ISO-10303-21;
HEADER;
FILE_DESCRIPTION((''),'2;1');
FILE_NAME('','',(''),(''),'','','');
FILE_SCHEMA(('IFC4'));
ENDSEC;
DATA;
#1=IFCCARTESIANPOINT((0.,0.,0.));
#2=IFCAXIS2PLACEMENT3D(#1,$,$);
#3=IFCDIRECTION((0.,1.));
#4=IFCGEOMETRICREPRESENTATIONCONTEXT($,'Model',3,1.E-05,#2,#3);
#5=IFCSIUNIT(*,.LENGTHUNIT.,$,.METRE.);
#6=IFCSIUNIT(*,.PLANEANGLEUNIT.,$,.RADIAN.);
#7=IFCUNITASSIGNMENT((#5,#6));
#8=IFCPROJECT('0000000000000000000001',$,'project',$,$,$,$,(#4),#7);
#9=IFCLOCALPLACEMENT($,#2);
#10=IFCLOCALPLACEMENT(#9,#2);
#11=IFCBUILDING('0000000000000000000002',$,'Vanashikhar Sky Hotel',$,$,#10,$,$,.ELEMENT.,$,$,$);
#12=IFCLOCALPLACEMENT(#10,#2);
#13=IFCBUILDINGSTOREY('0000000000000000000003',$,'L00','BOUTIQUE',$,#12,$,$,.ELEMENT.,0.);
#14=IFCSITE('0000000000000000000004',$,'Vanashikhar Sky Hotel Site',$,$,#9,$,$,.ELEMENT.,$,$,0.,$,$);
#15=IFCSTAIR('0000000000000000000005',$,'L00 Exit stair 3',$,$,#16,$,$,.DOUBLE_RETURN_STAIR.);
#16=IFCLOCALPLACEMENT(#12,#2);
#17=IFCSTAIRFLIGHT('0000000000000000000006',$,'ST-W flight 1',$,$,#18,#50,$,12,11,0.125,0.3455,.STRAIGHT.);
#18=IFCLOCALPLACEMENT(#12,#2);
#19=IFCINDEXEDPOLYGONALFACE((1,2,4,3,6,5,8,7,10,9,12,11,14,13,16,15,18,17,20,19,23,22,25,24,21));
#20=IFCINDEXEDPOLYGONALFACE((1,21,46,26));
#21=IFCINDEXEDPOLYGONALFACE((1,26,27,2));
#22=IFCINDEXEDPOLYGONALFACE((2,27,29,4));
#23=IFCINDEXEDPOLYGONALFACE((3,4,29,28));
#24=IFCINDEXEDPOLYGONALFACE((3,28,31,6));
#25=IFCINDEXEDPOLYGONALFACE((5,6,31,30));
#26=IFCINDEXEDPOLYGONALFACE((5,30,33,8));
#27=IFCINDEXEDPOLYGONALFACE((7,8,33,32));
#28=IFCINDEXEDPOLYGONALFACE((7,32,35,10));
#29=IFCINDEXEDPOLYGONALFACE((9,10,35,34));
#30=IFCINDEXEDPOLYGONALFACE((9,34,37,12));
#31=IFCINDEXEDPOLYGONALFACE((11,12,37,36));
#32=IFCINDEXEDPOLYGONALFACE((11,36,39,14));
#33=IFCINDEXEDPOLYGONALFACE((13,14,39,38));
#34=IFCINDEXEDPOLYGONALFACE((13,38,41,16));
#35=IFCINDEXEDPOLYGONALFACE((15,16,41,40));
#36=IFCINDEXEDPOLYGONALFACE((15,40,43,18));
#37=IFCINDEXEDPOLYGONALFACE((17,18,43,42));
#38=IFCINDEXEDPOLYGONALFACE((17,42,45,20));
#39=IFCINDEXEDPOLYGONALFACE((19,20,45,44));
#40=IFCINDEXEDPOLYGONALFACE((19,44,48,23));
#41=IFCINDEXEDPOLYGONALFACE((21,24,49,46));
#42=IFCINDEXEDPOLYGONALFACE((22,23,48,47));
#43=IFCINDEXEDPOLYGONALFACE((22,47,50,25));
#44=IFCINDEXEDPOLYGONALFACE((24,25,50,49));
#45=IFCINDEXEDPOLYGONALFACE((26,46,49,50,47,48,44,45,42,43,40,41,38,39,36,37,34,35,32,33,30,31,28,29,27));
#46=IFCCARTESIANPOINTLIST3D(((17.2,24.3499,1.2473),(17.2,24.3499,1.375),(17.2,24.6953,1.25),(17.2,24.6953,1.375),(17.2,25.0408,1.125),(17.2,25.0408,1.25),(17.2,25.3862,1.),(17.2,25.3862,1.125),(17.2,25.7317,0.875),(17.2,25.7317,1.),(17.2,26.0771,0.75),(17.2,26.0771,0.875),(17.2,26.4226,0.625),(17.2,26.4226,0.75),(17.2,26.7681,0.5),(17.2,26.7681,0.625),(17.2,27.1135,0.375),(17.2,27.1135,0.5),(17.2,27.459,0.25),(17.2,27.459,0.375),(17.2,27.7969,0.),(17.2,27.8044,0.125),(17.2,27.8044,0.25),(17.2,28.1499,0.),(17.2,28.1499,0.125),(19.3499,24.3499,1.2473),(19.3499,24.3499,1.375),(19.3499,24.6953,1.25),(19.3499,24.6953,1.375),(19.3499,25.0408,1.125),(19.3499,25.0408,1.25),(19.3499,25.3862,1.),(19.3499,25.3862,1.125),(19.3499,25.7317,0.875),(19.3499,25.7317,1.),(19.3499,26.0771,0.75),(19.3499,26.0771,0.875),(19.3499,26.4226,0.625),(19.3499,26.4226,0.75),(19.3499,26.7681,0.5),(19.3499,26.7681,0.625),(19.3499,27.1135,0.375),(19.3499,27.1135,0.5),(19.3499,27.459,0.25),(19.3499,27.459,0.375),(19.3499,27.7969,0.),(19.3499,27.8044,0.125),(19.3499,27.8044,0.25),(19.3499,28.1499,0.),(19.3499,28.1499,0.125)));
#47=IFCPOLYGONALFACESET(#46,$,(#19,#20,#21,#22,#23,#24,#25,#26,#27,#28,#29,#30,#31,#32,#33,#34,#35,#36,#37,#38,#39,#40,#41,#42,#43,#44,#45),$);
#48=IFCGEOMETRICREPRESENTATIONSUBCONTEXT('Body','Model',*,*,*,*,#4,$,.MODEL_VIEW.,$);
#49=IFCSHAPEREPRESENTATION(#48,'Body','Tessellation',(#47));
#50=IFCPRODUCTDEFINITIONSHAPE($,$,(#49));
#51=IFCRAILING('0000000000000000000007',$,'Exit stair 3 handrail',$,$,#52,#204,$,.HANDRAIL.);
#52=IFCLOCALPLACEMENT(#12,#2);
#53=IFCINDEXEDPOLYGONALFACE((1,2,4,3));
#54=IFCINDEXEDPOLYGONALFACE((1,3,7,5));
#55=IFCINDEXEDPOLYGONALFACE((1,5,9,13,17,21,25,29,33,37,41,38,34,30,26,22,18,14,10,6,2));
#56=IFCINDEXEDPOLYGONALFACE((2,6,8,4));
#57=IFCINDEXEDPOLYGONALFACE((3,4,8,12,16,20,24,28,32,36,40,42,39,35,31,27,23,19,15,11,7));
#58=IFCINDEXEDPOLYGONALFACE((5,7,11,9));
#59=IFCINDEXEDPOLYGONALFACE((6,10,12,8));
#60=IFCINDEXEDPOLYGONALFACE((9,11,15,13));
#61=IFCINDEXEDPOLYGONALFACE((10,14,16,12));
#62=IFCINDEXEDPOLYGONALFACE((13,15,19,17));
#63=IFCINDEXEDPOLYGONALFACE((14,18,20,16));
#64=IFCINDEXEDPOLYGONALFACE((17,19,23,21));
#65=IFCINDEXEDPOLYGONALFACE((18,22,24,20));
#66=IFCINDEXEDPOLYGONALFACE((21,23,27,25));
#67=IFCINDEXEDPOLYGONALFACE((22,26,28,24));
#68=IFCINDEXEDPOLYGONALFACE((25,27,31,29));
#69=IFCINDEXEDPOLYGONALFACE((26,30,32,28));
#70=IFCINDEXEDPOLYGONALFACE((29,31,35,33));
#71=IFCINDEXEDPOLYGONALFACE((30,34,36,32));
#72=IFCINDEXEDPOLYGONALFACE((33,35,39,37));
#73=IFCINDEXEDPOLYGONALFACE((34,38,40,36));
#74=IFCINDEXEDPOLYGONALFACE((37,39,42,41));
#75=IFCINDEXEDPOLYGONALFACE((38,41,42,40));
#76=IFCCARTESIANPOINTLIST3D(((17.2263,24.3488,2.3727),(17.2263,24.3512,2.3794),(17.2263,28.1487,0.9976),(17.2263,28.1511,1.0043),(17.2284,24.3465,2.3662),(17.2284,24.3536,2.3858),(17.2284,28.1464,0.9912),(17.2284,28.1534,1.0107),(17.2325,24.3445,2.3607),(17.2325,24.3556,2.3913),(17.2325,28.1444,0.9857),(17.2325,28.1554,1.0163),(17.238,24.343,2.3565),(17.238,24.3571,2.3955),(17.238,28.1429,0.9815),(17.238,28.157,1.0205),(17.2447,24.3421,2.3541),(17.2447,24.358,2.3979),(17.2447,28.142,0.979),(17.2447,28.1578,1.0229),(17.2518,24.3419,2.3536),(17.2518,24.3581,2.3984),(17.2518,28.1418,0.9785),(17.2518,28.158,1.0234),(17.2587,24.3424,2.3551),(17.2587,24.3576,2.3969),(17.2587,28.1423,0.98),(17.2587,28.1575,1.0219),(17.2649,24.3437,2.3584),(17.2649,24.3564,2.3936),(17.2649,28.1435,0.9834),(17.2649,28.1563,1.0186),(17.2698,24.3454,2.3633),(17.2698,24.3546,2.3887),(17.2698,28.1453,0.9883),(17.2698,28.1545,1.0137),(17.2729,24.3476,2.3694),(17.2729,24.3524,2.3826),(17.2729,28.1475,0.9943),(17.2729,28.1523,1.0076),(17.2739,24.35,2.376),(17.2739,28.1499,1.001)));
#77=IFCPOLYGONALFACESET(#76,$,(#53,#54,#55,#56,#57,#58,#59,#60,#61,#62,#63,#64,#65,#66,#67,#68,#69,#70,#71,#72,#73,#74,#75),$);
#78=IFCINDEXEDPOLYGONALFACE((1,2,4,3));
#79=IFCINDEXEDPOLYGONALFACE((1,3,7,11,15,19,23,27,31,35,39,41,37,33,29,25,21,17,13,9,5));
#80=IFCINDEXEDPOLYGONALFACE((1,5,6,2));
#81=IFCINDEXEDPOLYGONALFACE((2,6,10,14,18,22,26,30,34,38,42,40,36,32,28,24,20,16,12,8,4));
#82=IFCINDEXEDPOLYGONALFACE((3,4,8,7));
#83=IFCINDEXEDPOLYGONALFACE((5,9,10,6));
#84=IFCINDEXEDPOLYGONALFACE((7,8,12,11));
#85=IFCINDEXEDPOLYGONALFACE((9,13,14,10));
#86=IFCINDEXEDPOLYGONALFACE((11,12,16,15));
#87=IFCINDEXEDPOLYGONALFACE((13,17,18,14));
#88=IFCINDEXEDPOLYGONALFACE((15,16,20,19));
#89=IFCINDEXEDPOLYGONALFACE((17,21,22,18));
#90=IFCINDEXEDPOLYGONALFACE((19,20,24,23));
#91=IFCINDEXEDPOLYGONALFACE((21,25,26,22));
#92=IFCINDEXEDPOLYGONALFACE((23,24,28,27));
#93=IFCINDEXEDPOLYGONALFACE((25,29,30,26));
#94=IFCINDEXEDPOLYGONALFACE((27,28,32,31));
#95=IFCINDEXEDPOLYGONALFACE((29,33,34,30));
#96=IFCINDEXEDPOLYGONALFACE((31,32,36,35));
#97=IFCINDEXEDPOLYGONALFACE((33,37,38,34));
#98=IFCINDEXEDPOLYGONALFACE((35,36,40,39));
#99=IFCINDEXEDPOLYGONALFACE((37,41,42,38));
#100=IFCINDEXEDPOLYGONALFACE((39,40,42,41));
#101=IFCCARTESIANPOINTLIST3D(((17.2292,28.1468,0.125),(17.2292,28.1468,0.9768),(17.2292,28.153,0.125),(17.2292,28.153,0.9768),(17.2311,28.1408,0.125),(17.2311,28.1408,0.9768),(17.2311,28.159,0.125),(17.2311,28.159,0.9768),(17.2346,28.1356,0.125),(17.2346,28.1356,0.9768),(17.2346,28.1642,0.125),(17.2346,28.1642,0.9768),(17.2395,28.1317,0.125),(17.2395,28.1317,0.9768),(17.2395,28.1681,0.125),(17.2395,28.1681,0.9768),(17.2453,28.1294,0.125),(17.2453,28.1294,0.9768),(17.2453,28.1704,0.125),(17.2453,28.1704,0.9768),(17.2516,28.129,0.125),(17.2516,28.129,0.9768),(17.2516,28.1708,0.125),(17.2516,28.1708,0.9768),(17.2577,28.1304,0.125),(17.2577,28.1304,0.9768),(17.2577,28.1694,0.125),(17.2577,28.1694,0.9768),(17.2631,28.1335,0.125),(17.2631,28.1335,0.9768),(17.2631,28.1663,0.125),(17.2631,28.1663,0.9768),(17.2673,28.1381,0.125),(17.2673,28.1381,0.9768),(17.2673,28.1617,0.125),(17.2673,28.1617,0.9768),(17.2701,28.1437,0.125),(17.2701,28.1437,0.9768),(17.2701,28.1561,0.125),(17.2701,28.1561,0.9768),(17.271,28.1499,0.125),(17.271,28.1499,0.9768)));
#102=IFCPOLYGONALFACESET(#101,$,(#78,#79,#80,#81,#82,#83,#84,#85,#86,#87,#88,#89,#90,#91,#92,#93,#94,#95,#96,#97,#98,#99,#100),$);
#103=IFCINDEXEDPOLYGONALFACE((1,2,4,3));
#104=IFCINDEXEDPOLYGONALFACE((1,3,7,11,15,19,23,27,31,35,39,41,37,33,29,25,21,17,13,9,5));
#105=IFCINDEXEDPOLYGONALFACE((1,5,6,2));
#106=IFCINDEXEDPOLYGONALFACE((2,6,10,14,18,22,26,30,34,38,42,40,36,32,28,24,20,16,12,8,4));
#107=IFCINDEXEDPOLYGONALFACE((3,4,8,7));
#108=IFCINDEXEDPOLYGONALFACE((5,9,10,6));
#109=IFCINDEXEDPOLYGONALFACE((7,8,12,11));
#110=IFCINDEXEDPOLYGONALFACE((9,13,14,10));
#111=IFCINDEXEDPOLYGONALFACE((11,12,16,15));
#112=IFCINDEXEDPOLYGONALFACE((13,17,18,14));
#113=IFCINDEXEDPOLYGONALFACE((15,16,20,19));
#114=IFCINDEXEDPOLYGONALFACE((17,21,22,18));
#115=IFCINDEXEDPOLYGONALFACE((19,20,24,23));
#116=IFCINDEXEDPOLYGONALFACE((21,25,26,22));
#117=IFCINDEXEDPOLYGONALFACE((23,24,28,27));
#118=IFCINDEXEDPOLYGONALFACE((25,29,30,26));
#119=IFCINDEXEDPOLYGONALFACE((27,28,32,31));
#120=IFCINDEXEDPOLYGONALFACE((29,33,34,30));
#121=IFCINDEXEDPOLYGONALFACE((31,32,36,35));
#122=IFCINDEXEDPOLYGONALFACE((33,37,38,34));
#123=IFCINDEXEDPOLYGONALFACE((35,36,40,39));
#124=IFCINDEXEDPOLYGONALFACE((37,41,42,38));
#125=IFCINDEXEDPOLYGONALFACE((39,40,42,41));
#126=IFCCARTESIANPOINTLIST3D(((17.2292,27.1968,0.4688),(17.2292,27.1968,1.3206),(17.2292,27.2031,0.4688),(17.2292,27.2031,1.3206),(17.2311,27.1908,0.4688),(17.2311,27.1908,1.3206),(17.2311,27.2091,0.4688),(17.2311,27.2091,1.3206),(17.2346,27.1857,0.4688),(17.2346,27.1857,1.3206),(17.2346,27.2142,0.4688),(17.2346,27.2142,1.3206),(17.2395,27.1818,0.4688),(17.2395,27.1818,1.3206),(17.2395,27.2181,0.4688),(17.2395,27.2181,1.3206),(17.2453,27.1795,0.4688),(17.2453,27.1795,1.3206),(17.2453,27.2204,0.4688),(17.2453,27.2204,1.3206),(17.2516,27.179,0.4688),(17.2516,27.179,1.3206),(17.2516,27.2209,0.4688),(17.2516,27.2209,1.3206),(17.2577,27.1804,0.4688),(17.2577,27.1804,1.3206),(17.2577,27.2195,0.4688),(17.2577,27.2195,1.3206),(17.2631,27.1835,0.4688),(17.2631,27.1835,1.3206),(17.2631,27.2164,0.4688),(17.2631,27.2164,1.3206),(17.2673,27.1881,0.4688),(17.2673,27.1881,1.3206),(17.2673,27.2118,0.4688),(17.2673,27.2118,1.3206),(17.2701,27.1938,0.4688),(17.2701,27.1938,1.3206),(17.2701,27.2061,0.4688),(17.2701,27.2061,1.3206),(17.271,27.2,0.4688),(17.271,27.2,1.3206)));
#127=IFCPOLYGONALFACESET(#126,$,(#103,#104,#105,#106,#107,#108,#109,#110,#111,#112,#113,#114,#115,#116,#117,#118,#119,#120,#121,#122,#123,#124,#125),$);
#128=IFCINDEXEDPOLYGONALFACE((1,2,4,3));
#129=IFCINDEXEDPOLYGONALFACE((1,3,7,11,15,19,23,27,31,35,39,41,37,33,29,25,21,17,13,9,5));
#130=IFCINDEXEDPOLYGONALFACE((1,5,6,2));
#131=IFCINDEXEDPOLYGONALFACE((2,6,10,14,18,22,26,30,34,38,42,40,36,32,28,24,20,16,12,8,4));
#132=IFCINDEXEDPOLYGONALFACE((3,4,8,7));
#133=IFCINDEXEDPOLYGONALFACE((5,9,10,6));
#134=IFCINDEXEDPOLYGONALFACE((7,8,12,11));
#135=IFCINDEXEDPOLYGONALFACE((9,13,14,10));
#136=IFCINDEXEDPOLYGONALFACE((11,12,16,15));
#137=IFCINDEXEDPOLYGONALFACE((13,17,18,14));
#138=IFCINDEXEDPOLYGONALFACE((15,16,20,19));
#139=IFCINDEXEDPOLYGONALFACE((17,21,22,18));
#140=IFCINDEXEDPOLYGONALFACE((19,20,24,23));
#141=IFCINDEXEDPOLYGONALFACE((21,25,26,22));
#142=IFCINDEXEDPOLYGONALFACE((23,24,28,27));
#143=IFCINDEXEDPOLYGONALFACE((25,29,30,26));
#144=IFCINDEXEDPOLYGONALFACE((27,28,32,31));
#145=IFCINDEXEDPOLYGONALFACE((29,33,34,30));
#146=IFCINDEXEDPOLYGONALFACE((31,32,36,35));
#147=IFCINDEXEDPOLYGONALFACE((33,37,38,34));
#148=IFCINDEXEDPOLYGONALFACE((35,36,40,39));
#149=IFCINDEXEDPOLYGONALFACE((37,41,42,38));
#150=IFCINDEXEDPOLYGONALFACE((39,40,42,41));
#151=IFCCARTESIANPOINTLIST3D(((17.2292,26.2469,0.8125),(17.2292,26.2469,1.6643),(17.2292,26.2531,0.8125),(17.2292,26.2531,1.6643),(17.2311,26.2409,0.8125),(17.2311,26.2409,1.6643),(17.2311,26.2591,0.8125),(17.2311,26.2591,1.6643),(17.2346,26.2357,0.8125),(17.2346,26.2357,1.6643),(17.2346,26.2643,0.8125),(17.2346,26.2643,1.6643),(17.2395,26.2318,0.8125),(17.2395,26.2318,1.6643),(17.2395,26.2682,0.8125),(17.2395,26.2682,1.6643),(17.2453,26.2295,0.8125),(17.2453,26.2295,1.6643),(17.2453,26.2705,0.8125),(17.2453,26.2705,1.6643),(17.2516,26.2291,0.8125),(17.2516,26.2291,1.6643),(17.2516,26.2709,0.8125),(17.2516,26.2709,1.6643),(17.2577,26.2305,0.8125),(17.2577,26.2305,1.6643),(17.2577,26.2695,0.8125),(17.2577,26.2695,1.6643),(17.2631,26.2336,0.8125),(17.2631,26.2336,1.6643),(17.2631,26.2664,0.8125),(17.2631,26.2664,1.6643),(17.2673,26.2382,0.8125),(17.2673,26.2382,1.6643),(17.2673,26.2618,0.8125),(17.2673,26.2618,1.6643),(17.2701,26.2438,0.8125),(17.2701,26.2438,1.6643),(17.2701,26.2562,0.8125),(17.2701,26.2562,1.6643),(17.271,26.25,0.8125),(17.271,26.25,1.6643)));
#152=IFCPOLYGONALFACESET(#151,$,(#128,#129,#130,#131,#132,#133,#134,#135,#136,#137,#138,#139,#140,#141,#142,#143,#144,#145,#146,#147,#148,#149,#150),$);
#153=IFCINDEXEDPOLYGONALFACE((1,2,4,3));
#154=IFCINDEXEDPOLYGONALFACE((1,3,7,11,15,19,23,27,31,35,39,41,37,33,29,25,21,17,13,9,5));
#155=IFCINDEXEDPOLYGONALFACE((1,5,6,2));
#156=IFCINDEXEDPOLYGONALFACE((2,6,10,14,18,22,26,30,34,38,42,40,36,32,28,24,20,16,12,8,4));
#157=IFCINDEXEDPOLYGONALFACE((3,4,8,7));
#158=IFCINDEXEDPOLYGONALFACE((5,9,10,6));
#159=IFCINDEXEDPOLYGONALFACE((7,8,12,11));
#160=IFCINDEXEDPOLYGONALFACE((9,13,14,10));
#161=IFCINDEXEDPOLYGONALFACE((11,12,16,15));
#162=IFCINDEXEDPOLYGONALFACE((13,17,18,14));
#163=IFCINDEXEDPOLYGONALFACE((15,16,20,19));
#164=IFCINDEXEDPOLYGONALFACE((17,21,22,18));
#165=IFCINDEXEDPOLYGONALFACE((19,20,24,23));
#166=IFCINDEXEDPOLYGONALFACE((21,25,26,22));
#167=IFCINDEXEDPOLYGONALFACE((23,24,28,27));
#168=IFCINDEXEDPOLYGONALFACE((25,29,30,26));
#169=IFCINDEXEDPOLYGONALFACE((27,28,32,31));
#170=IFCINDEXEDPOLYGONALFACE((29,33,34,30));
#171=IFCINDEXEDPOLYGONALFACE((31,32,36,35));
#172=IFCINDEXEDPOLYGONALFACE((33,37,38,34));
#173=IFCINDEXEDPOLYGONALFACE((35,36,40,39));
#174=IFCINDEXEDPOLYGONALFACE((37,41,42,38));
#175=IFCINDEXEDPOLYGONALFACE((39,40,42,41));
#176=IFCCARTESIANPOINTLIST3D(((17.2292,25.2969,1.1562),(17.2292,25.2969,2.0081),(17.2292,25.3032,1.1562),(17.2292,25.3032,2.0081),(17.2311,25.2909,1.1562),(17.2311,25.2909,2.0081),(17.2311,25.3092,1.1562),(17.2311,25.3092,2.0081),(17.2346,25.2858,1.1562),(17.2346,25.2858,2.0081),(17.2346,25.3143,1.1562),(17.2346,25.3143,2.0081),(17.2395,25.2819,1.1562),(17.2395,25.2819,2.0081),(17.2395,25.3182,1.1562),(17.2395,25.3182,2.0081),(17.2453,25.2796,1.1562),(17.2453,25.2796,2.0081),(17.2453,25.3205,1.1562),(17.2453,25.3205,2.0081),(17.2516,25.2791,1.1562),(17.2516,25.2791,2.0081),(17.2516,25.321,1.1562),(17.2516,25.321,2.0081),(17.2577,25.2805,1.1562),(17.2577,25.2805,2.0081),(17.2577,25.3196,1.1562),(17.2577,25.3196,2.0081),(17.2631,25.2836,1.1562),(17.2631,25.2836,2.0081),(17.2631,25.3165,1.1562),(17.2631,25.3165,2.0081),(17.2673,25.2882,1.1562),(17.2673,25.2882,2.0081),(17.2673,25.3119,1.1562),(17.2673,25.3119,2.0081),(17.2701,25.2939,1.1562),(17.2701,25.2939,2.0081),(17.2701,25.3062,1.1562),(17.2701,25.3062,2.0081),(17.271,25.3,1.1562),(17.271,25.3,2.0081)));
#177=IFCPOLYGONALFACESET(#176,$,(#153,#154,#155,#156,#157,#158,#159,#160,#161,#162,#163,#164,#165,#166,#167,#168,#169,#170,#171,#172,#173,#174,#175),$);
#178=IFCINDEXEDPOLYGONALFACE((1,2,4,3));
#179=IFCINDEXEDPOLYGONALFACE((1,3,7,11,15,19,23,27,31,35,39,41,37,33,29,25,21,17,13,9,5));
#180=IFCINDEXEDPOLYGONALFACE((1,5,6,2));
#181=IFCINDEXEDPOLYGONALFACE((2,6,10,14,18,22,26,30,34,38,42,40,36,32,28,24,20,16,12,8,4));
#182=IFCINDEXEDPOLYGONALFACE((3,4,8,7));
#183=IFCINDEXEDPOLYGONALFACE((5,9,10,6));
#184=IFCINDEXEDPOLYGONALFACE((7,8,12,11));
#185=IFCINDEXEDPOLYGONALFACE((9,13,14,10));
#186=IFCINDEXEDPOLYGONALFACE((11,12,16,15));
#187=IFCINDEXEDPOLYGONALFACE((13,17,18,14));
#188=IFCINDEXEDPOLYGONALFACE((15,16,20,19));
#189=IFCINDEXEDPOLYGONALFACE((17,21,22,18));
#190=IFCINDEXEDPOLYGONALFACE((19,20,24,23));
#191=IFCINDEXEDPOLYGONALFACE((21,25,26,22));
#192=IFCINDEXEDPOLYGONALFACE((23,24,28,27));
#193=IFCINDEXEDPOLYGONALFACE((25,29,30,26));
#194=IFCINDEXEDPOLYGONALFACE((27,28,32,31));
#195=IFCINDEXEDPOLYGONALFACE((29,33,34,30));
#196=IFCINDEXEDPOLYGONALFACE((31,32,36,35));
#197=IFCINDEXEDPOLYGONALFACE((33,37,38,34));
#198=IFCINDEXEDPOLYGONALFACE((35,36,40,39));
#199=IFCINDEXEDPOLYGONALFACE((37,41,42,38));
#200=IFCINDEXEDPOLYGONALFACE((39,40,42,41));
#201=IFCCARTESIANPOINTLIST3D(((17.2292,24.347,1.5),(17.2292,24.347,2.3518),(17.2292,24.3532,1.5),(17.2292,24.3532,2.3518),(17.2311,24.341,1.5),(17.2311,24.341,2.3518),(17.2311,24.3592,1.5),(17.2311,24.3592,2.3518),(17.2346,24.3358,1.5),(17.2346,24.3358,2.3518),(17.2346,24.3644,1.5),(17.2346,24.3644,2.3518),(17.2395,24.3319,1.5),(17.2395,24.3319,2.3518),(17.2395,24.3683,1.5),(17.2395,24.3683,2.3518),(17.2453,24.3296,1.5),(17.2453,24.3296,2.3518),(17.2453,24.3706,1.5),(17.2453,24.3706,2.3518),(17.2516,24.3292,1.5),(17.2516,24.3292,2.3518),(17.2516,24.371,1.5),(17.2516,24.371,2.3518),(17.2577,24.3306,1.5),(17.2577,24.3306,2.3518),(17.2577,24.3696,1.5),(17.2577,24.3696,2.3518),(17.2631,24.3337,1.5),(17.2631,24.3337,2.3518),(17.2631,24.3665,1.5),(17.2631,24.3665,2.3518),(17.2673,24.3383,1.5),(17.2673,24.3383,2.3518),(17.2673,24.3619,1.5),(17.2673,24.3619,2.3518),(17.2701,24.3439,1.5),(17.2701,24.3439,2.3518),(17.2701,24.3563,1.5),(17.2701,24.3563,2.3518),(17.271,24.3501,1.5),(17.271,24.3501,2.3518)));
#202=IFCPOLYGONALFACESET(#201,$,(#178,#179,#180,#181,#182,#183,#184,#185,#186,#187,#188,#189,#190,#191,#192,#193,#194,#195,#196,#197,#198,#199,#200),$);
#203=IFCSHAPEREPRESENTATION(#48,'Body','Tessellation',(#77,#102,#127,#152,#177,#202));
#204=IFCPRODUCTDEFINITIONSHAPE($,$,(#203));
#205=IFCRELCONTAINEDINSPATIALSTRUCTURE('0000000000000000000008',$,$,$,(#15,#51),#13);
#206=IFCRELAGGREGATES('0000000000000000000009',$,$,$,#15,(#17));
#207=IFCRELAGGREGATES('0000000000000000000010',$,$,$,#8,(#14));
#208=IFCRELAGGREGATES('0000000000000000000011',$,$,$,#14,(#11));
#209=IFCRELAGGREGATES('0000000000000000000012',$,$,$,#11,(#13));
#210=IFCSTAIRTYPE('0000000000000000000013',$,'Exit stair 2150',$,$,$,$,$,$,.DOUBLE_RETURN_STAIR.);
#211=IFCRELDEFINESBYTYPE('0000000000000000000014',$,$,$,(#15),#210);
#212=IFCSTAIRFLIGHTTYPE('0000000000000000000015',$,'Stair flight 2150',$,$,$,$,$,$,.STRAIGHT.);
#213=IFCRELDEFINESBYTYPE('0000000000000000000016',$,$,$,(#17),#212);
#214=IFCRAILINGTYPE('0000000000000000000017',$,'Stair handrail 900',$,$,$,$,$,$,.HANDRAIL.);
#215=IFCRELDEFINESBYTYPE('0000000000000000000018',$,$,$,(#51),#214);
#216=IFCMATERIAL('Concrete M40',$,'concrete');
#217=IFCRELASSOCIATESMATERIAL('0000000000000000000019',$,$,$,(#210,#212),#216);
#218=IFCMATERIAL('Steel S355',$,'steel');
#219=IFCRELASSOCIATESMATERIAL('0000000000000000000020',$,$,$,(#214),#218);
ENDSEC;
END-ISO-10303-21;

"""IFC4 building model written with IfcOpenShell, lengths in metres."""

from ifc_helpers import new_model, si_unit, direction, frame, origin, origin_2d, place, context, subcontext, project, spatial, polyline, circle, outline, extrude, source, transform, mapped, material, type_object, element, aggregate, save


model = new_model("IFC4")

# Units and contexts
model_context = context("Model", 3, precision=1e-05, world=origin(), true_north=direction((0.0, 1.0)))
body_context = subcontext(model_context, "Body", "Model", "MODEL_VIEW")
ifc_project = project(units=[si_unit("LENGTHUNIT", "METRE"), si_unit("PLANEANGLEUNIT", "RADIAN")], contexts=[model_context])

# Site, building, storey
site_placement = place(None, origin())
site = spatial("IfcSite", under=ifc_project, at=site_placement, Name="Vanashikhar Sky Hotel Site", CompositionType="ELEMENT", RefElevation=0.0)
building_placement = place(site_placement, origin())
building = spatial("IfcBuilding", under=site, at=building_placement, Name="Vanashikhar Sky Hotel", CompositionType="ELEMENT")
storey_placement = place(building_placement, origin())
storey = spatial("IfcBuildingStorey", under=building, at=storey_placement, Name="L00", Description="BOUTIQUE", CompositionType="ELEMENT", Elevation=0.0)

# Stair, stair flight
ifc_material_1 = material(Name="Concrete M40", Category="concrete")
stair_type = type_object("IfcStairType", Name="Exit stair 2150", PredefinedType="DOUBLE_RETURN_STAIR", material=ifc_material_1)
stair_placement = place(storey_placement, origin())
stair = element("IfcStair", 1, at=stair_placement, inside=storey, type_object=stair_type, Name="L00 Exit stair 3", PredefinedType="DOUBLE_RETURN_STAIR")
stair_flight_type = type_object("IfcStairFlightType", Name="Stair flight 2150", PredefinedType="STRAIGHT", material=ifc_material_1)
shared_shape_1 = source(origin(), body_context, "Body", "SweptSolid", [
    extrude(outline(polyline([(0.0, 0.0), (0.0, 0.125), (0.3455, 0.125), (0.3455, 0.25), (0.6909, 0.25), (0.6909, 0.375), (1.0364, 0.375), (1.0364, 0.5), (1.3818, 0.5), (1.3818, 0.625), (1.7273, 0.625), (1.7273, 0.75), (2.0728, 0.75), (2.0728, 0.875), (2.4182, 0.875), (2.4182, 1.0), (2.7637, 1.0), (2.7637, 1.125), (3.1091, 1.125), (3.1091, 1.25), (3.4546, 1.25), (3.4546, 1.375), (3.8, 1.375), (3.8, 1.5), (3.8, 1.2473), (0.353, 0.0), (0.0, 0.0)])), frame((0.0, 1.075, 0.0), z_axis=(0.0, -1.0, 0.0), x_axis=(1.0, 0.0, 0.0)), (0.0, 0.0, 1.0), 2.1499),
])
stair_flight_placement = place(storey_placement, frame((18.2749, 28.1499, 0.0), z_axis=(0.0, 0.0, 1.0), x_axis=(0.0, -1.0, 0.0)))
stair_flight = element("IfcStairFlight", 2, at=stair_flight_placement, type_object=stair_flight_type, Name="ST-W flight 1", NumberOfRisers=12, NumberOfTreads=11, PredefinedType="STRAIGHT", RiserHeight=0.125, TreadLength=0.3455, context=body_context, shape_type="MappedRepresentation", body=[
    mapped(shared_shape_1, transform((0.0, 0.0, 0.0), scale=1.0)),
])
aggregate(stair, [stair_flight])

# Railing
ifc_material_2 = material(Name="Steel S355", Category="steel")
railing_type = type_object("IfcRailingType", Name="Stair handrail 900", PredefinedType="HANDRAIL", material=ifc_material_2)
shared_shape_2 = source(origin(), body_context, "Body", "SweptSolid", [
    extrude(circle(Radius=0.0239, at=origin_2d()), frame((0.0, 0.0, 0.876), z_axis=(0.0, -0.940329, 0.340268), x_axis=(1.0, 0.0, 0.0)), (0.0, 0.0, 1.0), 4.041),
    extrude(circle(Radius=0.021, at=origin_2d()), origin(), (0.0, 0.0, 1.0), 0.8518),
    extrude(circle(Radius=0.021, at=origin_2d()), frame((0.0, -0.95, 0.3438)), (0.0, 0.0, 1.0), 0.8518),
    extrude(circle(Radius=0.021, at=origin_2d()), frame((0.0, -1.8999, 0.6875)), (0.0, 0.0, 1.0), 0.8518),
    extrude(circle(Radius=0.021, at=origin_2d()), frame((0.0, -2.8499, 1.0312)), (0.0, 0.0, 1.0), 0.8518),
    extrude(circle(Radius=0.021, at=origin_2d()), frame((0.0, -3.7998, 1.375)), (0.0, 0.0, 1.0), 0.8518),
])
for number, where, name in (
    (3, (17.25, 28.1499, 0.125), "Exit stair 3 handrail"),
):
    element("IfcRailing", number, at=place(storey_placement, frame(where)), inside=storey, type_object=railing_type, Name=name, PredefinedType="HANDRAIL", context=body_context, shape_type="MappedRepresentation", body=[
        mapped(shared_shape_2, transform((0.0, 0.0, 0.0), scale=1.0)),
    ])

save(model, "model.ifc")
